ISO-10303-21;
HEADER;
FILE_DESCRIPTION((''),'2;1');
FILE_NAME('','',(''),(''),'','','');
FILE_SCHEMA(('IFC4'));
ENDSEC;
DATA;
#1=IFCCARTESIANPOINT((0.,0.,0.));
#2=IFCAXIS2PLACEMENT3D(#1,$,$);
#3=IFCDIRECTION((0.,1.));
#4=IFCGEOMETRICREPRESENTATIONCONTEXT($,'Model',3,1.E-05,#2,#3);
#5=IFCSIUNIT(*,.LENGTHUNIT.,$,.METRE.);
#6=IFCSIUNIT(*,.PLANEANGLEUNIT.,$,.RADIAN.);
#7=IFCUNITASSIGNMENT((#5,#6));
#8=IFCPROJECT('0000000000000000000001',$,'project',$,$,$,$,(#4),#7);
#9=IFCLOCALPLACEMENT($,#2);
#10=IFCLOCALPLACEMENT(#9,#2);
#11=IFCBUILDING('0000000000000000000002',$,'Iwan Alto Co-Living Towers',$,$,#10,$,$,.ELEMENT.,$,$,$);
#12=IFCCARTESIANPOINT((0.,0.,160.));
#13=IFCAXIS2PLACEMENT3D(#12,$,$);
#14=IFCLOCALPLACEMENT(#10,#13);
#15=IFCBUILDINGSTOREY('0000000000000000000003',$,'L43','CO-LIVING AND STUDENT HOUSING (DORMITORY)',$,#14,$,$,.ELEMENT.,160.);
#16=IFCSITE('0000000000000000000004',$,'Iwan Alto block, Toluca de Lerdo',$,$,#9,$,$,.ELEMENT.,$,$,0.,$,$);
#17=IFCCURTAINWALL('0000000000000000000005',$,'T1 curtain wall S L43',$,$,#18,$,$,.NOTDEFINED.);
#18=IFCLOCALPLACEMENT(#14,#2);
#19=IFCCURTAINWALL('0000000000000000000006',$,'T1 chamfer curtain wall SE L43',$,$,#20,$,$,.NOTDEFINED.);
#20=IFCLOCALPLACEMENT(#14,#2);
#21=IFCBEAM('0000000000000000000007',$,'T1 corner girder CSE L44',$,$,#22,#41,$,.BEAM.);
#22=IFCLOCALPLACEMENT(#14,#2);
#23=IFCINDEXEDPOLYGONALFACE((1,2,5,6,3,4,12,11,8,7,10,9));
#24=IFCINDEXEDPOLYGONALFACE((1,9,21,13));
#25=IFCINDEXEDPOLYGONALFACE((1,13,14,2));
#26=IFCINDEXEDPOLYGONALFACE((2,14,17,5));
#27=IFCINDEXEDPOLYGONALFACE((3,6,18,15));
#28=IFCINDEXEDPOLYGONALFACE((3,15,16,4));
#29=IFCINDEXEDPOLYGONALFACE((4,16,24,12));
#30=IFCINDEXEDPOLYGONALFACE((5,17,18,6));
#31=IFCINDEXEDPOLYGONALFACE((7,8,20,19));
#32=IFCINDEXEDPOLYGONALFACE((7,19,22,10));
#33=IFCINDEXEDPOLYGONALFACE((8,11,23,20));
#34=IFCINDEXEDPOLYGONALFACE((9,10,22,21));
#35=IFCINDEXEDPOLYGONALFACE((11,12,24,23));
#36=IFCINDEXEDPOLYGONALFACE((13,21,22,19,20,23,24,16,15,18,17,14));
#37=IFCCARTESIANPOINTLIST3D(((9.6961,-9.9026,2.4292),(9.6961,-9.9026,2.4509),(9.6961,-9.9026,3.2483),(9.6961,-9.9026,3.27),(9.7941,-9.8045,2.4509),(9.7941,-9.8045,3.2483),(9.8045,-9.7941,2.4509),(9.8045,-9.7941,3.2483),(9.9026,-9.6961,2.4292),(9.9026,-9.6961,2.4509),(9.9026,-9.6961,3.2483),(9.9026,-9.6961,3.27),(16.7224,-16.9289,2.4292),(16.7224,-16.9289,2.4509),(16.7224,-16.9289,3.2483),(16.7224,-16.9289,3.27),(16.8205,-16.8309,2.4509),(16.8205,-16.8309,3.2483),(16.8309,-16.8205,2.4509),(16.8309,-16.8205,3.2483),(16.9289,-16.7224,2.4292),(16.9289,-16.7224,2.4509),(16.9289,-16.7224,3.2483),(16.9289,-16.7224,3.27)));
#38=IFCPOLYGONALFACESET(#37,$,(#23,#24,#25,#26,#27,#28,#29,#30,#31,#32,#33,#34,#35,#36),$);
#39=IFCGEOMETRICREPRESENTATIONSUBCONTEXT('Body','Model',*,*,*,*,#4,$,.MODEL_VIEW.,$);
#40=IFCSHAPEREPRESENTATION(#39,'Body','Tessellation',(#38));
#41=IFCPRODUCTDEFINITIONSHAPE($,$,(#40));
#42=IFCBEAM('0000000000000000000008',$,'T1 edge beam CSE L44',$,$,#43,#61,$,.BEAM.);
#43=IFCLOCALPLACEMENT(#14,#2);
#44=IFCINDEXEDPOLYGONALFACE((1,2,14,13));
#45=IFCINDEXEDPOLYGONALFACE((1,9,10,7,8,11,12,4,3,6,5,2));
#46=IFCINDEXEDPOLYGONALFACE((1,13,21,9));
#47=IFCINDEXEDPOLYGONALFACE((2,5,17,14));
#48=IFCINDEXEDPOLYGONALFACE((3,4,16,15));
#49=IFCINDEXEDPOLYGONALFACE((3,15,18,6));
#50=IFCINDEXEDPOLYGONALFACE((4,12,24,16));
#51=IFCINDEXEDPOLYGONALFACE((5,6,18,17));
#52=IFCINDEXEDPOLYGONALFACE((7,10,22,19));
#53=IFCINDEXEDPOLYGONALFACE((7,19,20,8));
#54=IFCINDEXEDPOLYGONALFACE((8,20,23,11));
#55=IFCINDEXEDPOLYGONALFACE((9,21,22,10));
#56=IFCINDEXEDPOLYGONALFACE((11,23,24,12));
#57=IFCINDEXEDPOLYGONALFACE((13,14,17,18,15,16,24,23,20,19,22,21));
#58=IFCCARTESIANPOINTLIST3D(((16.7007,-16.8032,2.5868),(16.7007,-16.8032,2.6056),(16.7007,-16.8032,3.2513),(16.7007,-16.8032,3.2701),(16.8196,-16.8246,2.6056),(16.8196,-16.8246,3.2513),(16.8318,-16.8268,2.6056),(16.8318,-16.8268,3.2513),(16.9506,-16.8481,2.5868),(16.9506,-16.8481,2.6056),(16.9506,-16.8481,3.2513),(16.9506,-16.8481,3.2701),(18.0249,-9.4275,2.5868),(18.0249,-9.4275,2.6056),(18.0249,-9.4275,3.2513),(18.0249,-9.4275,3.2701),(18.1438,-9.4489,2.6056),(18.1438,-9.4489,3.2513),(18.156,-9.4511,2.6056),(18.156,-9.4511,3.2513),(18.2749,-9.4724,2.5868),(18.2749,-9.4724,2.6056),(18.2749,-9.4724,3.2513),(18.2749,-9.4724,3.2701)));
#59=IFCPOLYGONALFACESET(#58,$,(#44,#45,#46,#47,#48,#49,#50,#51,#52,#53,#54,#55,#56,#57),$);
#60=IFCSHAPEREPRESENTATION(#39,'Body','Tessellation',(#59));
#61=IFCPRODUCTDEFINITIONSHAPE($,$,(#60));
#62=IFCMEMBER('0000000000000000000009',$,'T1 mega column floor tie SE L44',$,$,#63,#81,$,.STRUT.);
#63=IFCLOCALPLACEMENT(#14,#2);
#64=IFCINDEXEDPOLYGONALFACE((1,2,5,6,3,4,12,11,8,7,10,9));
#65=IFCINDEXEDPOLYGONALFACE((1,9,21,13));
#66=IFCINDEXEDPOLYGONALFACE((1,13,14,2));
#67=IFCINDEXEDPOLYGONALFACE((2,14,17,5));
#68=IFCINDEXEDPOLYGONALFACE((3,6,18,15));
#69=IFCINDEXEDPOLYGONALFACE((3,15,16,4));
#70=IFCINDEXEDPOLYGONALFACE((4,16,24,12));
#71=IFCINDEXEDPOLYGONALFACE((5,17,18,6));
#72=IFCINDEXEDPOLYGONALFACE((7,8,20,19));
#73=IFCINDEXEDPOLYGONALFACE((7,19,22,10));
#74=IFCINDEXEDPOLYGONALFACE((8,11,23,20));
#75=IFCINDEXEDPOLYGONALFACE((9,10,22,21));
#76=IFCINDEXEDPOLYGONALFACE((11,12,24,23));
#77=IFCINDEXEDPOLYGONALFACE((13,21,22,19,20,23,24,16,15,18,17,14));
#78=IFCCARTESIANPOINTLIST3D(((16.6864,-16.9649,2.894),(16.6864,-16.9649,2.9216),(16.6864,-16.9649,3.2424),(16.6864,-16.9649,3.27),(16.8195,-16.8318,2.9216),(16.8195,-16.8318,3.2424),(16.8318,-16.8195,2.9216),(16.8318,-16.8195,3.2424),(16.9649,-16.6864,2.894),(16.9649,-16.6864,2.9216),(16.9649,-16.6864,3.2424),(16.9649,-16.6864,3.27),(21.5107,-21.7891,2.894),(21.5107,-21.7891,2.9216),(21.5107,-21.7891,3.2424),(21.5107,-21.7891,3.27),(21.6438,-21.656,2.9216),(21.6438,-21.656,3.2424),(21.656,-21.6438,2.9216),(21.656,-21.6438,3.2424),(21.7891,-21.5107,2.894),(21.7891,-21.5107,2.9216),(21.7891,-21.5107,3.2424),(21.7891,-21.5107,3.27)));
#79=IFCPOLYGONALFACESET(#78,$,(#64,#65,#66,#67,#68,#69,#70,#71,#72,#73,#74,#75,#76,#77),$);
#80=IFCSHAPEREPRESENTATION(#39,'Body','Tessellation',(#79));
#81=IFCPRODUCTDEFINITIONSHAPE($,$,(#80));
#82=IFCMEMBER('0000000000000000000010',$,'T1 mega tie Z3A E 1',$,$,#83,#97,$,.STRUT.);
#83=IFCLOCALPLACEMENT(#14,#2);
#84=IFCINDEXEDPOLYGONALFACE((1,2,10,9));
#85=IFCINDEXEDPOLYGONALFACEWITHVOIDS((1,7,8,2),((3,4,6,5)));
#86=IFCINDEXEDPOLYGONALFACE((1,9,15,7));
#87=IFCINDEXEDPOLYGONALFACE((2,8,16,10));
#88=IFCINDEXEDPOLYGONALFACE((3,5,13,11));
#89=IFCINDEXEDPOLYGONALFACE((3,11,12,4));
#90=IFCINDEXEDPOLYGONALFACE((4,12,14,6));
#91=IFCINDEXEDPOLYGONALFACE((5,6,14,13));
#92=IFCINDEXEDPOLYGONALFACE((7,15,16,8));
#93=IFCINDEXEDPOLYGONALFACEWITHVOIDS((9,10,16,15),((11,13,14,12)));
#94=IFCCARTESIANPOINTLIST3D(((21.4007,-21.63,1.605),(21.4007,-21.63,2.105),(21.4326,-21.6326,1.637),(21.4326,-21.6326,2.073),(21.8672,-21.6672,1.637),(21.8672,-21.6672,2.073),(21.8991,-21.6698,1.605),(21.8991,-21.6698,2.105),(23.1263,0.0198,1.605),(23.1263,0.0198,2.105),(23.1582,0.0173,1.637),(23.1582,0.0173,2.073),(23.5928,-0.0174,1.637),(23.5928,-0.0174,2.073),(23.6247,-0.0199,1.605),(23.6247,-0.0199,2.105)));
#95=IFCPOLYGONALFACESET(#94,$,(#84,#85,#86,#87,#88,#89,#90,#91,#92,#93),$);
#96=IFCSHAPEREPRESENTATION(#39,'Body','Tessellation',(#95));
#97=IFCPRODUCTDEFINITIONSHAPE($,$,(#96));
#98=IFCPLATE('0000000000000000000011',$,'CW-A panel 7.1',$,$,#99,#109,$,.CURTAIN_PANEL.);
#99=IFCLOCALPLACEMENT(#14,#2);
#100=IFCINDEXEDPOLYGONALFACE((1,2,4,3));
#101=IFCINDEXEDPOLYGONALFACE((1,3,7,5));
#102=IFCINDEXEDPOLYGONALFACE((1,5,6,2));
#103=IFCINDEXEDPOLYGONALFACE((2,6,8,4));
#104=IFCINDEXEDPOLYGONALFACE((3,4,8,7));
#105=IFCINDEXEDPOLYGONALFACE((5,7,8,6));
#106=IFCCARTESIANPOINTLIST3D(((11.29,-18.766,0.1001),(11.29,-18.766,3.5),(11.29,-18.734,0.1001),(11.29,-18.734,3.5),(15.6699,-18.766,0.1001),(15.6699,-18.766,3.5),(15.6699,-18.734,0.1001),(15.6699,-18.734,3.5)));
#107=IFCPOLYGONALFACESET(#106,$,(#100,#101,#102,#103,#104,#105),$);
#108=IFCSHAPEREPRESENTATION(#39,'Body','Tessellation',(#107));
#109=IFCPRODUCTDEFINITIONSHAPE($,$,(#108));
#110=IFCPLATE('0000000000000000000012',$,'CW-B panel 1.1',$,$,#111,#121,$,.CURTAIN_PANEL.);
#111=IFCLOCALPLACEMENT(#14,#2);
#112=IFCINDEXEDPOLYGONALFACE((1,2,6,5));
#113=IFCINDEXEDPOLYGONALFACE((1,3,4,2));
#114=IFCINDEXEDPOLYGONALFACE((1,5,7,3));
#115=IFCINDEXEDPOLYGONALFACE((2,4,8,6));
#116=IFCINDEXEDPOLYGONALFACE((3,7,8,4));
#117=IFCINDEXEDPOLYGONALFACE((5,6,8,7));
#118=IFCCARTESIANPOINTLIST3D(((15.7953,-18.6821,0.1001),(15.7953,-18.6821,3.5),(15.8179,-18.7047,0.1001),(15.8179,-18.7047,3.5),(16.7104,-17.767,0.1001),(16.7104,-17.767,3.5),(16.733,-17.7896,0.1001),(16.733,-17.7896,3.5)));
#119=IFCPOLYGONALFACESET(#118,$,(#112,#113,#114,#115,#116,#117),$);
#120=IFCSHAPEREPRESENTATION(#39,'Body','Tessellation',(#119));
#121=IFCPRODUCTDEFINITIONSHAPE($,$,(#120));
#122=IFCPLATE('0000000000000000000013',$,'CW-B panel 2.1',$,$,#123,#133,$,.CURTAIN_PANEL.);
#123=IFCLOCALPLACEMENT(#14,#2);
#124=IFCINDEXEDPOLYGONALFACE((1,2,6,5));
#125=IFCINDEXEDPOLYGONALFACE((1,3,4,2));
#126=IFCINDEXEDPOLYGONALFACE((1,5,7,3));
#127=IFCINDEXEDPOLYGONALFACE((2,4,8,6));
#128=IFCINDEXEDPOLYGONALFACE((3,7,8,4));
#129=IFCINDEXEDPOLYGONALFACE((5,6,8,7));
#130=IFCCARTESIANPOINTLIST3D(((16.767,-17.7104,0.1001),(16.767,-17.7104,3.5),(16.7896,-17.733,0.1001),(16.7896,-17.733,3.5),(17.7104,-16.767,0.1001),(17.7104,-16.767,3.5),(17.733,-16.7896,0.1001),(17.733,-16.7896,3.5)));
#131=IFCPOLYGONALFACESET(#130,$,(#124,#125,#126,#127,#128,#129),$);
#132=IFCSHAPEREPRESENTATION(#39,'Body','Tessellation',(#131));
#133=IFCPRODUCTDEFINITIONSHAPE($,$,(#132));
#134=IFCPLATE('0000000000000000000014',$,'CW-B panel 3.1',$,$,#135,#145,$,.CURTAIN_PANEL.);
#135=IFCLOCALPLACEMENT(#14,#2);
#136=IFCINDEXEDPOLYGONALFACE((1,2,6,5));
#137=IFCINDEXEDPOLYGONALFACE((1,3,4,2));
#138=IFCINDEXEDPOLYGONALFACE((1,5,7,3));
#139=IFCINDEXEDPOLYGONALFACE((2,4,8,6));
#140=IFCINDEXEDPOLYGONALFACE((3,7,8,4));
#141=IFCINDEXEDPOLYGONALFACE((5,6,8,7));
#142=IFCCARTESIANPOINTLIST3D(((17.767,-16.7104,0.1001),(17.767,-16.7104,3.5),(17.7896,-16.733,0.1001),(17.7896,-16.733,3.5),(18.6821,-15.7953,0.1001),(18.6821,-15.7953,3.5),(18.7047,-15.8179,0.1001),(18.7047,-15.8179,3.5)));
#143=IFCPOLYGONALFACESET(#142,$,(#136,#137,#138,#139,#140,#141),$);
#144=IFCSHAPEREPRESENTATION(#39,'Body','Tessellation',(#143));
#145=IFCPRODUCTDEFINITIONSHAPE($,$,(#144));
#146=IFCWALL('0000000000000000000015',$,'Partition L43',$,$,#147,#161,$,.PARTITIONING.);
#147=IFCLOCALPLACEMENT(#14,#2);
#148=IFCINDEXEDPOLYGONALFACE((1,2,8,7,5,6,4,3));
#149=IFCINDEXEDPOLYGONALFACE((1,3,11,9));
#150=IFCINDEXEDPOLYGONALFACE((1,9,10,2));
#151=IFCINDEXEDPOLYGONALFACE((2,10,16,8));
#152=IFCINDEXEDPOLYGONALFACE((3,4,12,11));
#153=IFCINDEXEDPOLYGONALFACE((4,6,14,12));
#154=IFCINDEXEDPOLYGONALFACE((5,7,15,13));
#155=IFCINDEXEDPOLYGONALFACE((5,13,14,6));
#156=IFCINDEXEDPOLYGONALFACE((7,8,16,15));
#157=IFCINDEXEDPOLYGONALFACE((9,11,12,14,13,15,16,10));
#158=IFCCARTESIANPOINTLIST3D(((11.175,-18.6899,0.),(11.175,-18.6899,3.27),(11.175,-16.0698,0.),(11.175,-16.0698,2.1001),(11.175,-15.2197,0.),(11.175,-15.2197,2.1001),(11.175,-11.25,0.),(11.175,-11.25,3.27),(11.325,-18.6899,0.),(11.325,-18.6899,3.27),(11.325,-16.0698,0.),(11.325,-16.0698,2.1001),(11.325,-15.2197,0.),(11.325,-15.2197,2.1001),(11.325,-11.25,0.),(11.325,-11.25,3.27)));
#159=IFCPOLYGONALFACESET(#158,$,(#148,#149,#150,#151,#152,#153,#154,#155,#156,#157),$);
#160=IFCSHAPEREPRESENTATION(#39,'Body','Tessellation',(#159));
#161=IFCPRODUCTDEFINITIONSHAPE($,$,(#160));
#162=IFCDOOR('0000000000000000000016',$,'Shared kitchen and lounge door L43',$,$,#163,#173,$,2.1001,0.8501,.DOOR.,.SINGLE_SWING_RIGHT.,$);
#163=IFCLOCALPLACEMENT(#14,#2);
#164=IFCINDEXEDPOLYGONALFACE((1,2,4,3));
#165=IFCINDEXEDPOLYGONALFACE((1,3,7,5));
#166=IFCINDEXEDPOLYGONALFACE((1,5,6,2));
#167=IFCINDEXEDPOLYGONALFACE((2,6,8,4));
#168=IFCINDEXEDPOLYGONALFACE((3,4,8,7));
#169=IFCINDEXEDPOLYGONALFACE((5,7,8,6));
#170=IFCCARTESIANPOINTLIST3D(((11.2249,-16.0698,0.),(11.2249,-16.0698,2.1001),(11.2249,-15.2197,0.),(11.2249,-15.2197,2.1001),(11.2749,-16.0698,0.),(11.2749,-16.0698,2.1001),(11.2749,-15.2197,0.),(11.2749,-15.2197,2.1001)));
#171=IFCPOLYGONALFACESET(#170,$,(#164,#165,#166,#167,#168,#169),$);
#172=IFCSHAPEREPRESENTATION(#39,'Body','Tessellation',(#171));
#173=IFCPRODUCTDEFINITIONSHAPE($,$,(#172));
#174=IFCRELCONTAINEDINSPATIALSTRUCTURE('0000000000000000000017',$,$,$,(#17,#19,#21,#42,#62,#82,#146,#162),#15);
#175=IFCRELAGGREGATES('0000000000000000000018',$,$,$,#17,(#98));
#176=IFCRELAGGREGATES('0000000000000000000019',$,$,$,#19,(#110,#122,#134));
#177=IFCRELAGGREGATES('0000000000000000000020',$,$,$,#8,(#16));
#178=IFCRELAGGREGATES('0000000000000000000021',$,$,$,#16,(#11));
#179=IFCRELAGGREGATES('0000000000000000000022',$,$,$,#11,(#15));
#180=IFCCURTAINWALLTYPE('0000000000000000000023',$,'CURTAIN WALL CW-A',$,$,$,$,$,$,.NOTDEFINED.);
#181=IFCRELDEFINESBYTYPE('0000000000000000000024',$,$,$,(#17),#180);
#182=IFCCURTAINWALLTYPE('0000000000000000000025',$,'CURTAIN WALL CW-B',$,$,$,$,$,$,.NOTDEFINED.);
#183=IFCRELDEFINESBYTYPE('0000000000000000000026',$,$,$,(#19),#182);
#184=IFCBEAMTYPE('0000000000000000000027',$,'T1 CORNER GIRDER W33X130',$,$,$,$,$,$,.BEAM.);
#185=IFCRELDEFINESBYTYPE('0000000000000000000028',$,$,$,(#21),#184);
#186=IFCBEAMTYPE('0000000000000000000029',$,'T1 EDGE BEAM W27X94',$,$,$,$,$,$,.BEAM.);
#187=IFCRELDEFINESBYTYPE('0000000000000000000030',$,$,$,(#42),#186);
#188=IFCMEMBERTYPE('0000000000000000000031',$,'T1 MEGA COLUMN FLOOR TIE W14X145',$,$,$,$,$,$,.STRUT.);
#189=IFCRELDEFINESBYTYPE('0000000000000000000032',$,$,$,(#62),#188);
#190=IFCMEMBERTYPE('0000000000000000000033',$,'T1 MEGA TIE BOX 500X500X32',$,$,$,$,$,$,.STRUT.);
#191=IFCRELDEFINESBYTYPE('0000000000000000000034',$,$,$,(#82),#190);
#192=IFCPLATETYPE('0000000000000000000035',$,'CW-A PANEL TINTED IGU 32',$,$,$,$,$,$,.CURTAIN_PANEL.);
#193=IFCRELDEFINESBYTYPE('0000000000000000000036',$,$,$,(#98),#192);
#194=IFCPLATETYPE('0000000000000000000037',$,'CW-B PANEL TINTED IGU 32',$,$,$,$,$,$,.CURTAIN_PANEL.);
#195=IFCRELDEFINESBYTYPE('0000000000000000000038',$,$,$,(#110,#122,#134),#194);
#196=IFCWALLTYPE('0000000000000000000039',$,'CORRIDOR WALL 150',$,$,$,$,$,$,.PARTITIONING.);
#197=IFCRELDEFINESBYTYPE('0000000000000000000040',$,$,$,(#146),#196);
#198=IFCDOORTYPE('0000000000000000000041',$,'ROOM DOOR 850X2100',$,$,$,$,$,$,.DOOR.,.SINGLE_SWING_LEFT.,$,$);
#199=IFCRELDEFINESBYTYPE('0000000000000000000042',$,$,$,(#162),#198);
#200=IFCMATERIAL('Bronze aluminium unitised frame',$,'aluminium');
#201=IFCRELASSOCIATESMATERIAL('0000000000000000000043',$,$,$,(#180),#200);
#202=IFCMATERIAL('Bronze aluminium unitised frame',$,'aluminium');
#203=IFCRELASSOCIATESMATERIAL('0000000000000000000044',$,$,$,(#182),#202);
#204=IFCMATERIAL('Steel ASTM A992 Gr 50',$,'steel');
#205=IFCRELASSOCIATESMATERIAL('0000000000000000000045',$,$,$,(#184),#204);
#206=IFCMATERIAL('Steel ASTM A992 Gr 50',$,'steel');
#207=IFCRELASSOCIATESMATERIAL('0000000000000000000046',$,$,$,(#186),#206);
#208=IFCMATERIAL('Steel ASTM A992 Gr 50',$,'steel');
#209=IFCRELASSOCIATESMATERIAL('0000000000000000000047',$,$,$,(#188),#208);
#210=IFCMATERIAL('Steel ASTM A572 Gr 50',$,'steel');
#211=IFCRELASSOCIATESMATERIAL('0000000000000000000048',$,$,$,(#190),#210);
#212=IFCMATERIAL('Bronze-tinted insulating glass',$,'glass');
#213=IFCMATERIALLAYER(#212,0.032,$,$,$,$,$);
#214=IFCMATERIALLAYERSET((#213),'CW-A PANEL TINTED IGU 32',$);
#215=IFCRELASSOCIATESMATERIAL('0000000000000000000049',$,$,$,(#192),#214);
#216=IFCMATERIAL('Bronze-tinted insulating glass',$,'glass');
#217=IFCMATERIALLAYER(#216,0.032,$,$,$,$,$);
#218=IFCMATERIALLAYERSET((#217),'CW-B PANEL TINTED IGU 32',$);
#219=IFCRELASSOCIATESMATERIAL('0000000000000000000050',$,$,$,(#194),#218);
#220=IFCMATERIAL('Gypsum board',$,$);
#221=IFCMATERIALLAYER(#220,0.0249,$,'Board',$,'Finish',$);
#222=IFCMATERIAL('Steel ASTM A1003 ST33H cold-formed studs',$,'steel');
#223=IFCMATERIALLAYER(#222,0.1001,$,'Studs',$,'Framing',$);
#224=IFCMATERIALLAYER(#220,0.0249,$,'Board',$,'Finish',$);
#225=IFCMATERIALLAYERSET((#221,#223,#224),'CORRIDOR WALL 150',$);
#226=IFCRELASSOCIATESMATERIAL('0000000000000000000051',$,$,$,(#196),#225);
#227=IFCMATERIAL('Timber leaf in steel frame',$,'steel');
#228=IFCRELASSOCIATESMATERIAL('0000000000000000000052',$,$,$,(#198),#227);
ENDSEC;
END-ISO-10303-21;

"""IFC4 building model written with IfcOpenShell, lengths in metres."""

from ifc_helpers import new_model, si_unit, direction, frame, frame_2d, origin, origin_2d, place, context, subcontext, project, spatial, rectangle, hollow_rectangle, i_section, extrude, material, layer, layer_set, material_profile, profile_set, type_object, element, fill, aggregate, save


model = new_model("IFC4")

# Units and contexts
model_context = context("Model", 3, precision=1e-05, world=origin(), true_north=direction((0.0, 1.0)))
body_context = subcontext(model_context, "Body", "Model", "MODEL_VIEW")
ifc_project = project(units=[si_unit("LENGTHUNIT", "METRE"), si_unit("PLANEANGLEUNIT", "RADIAN")], contexts=[model_context])

# Site, building, storey
site_placement = place(None, origin())
site = spatial("IfcSite", under=ifc_project, at=site_placement, Name="Iwan Alto block, Toluca de Lerdo", CompositionType="ELEMENT", RefElevation=0.0)
building_placement = place(site_placement, origin())
building = spatial("IfcBuilding", under=site, at=building_placement, Name="Iwan Alto Co-Living Towers", CompositionType="ELEMENT")
storey_placement = place(building_placement, frame((0.0, 0.0, 160.0)))
storey = spatial("IfcBuildingStorey", under=building, at=storey_placement, Name="L43", Description="CO-LIVING AND STUDENT HOUSING (DORMITORY)", CompositionType="ELEMENT", Elevation=160.0)

# Curtain wall
ifc_material_1 = material(Name="Bronze aluminium unitised frame", Category="aluminium")
curtain_wall_type_1 = type_object("IfcCurtainWallType", Name="CURTAIN WALL CW-A", PredefinedType="NOTDEFINED", material=ifc_material_1)
curtain_wall_1_placement = place(storey_placement, origin())
curtain_wall_1 = element("IfcCurtainWall", 1, at=curtain_wall_1_placement, inside=storey, type_object=curtain_wall_type_1, Name="T1 curtain wall S L43", PredefinedType="NOTDEFINED")

# Curtain wall
ifc_material_2 = material(Name="Bronze aluminium unitised frame", Category="aluminium")
curtain_wall_type_2 = type_object("IfcCurtainWallType", Name="CURTAIN WALL CW-B", PredefinedType="NOTDEFINED", material=ifc_material_2)
curtain_wall_2_placement = place(storey_placement, origin())
curtain_wall_2 = element("IfcCurtainWall", 2, at=curtain_wall_2_placement, inside=storey, type_object=curtain_wall_type_2, Name="T1 chamfer curtain wall SE L43", PredefinedType="NOTDEFINED")

# Beams
ifc_material_3 = material(Name="Steel ASTM A992 Gr 50", Category="steel")
ifc_material_profile_1 = material_profile(ifc_material_3, i_section(OverallWidth=0.292, OverallDepth=0.8408, WebThickness=0.0146, FlangeThickness=0.0217, at=origin_2d()), Name="W33X130")
ifc_profile_set_1 = profile_set([ifc_material_profile_1], Name="Steel ASTM A992 Gr 50")
beam_type_1 = type_object("IfcBeamType", Name="T1 CORNER GIRDER W33X130", PredefinedType="BEAM", material=ifc_profile_set_1)
beam_1_placement = place(storey_placement, frame((16.8257, -16.8257, 2.8496), z_axis=(-0.707107, 0.707107, 0.0), x_axis=(-0.707107, -0.707107, 0.0)))
element("IfcBeam", 3, at=beam_1_placement, inside=storey, type_object=beam_type_1, Name="T1 corner girder CSE L44", PredefinedType="BEAM", context=body_context, shape_type="SweptSolid", body=[
    extrude(i_section(OverallWidth=0.292, OverallDepth=0.8408, WebThickness=0.0146, FlangeThickness=0.0217, at=origin_2d()), origin(), (0.0, 0.0, 1.0), 9.9368),
])
ifc_material_4 = material(Name="Steel ASTM A992 Gr 50", Category="steel")
ifc_material_profile_2 = material_profile(ifc_material_4, i_section(OverallWidth=0.2539, OverallDepth=0.6833, WebThickness=0.0125, FlangeThickness=0.0188, at=origin_2d()), Name="W27X94")
ifc_profile_set_2 = profile_set([ifc_material_profile_2], Name="Steel ASTM A992 Gr 50")
beam_type_2 = type_object("IfcBeamType", Name="T1 EDGE BEAM W27X94", PredefinedType="BEAM", material=ifc_profile_set_2)
beam_2_placement = place(storey_placement, frame((16.8257, -16.8257, 2.9285), z_axis=(0.176712, 0.984263, 0.0), x_axis=(-0.984263, 0.176712, 0.0)))
element("IfcBeam", 4, at=beam_2_placement, inside=storey, type_object=beam_type_2, Name="T1 edge beam CSE L44", PredefinedType="BEAM", context=body_context, shape_type="SweptSolid", body=[
    extrude(i_section(OverallWidth=0.2539, OverallDepth=0.6833, WebThickness=0.0125, FlangeThickness=0.0188, at=origin_2d()), origin(), (0.0, 0.0, 1.0), 7.4937),
])

# Members
ifc_material_5 = material(Name="Steel ASTM A992 Gr 50", Category="steel")
ifc_material_profile_3 = material_profile(ifc_material_5, i_section(OverallWidth=0.3938, OverallDepth=0.376, WebThickness=0.0173, FlangeThickness=0.0276, at=origin_2d()), Name="W14X145")
ifc_profile_set_3 = profile_set([ifc_material_profile_3], Name="Steel ASTM A992 Gr 50")
member_type_1 = type_object("IfcMemberType", Name="T1 MEGA COLUMN FLOOR TIE W14X145", PredefinedType="STRUT", material=ifc_profile_set_3)
member_1_placement = place(storey_placement, frame((21.6499, -21.6499, 3.082), z_axis=(-0.707107, 0.707107, 0.0), x_axis=(-0.707107, -0.707107, 0.0)))
element("IfcMember", 5, at=member_1_placement, inside=storey, type_object=member_type_1, Name="T1 mega column floor tie SE L44", PredefinedType="STRUT", context=body_context, shape_type="SweptSolid", body=[
    extrude(i_section(OverallWidth=0.3938, OverallDepth=0.376, WebThickness=0.0173, FlangeThickness=0.0276, at=origin_2d()), origin(), (0.0, 0.0, 1.0), 6.8225),
])
ifc_material_6 = material(Name="Steel ASTM A572 Gr 50", Category="steel")
ifc_material_profile_4 = material_profile(ifc_material_6, hollow_rectangle(XDim=0.5, YDim=0.5, WallThickness=0.032, at=origin_2d()), Name="BOX 500X500X32")
ifc_profile_set_4 = profile_set([ifc_material_profile_4], Name="Steel ASTM A572 Gr 50")
member_type_2 = type_object("IfcMemberType", Name="T1 MEGA TIE BOX 500X500X32", PredefinedType="STRUT", material=ifc_profile_set_4)
member_2_placement = place(storey_placement, frame((21.6499, -21.6499, 1.855), z_axis=(0.079452, 0.996839, 0.0), x_axis=(-0.996839, 0.079452, 0.0)))
element("IfcMember", 6, at=member_2_placement, inside=storey, type_object=member_type_2, Name="T1 mega tie Z3A E 1", PredefinedType="STRUT", context=body_context, shape_type="SweptSolid", body=[
    extrude(hollow_rectangle(XDim=0.5, YDim=0.5, WallThickness=0.032, at=origin_2d()), origin(), (0.0, 0.0, 1.0), 21.7185),
])

# Plates
ifc_material_7 = material(Name="Bronze-tinted insulating glass", Category="glass")
ifc_layer_1 = layer(ifc_material_7, 0.032)
ifc_layer_set_1 = layer_set([ifc_layer_1], Name="CW-A PANEL TINTED IGU 32")
plate_type_1 = type_object("IfcPlateType", Name="CW-A PANEL TINTED IGU 32", PredefinedType="CURTAIN_PANEL", material=ifc_layer_set_1)
plate_1_placement = place(storey_placement, frame((13.48, -18.75, 0.1001), z_axis=(0.0, 0.0, 1.0), x_axis=(1.0, 0.0, 0.0)))
plate_1 = element("IfcPlate", 7, at=plate_1_placement, type_object=plate_type_1, Name="CW-A panel 7.1", PredefinedType="CURTAIN_PANEL", context=body_context, shape_type="SweptSolid", body=[
    extrude(rectangle(XDim=4.3799, YDim=0.032, at=origin_2d()), origin(), (0.0, 0.0, 1.0), 3.3999),
])
aggregate(curtain_wall_1, [plate_1])
ifc_material_8 = material(Name="Bronze-tinted insulating glass", Category="glass")
ifc_layer_2 = layer(ifc_material_8, 0.032)
ifc_layer_set_2 = layer_set([ifc_layer_2], Name="CW-B PANEL TINTED IGU 32")
plate_type_2 = type_object("IfcPlateType", Name="CW-B PANEL TINTED IGU 32", PredefinedType="CURTAIN_PANEL", material=ifc_layer_set_2)
plate_2_placement = place(storey_placement, frame((16.2642, -18.2358, 0.1001), z_axis=(0.0, 0.0, 1.0), x_axis=(0.707107, 0.707107, 0.0)))
plate_2 = element("IfcPlate", 8, at=plate_2_placement, type_object=plate_type_2, Name="CW-B panel 1.1", PredefinedType="CURTAIN_PANEL", context=body_context, shape_type="SweptSolid", body=[
    extrude(rectangle(XDim=1.2942, YDim=0.032, at=origin_2d()), origin(), (0.0, 0.0, 1.0), 3.3999),
])
plate_3_placement = place(storey_placement, frame((17.25, -17.25, 0.1001), z_axis=(0.0, 0.0, 1.0), x_axis=(0.707107, 0.707107, 0.0)))
plate_3 = element("IfcPlate", 9, at=plate_3_placement, type_object=plate_type_2, Name="CW-B panel 2.1", PredefinedType="CURTAIN_PANEL", context=body_context, shape_type="SweptSolid", body=[
    extrude(rectangle(XDim=1.3342, YDim=0.032, at=origin_2d()), origin(), (0.0, 0.0, 1.0), 3.3999),
])
plate_4_placement = place(storey_placement, frame((18.2358, -16.2642, 0.1001), z_axis=(0.0, 0.0, 1.0), x_axis=(0.707107, 0.707107, 0.0)))
plate_4 = element("IfcPlate", 10, at=plate_4_placement, type_object=plate_type_2, Name="CW-B panel 3.1", PredefinedType="CURTAIN_PANEL", context=body_context, shape_type="SweptSolid", body=[
    extrude(rectangle(XDim=1.2942, YDim=0.032, at=origin_2d()), origin(), (0.0, 0.0, 1.0), 3.3999),
])
aggregate(curtain_wall_2, [plate_2, plate_3, plate_4])

# Wall, opening, door
ifc_material_9 = material(Name="Gypsum board")
ifc_layer_3 = layer(ifc_material_9, 0.0249, Name="Board", Category="Finish")
ifc_material_10 = material(Name="Steel ASTM A1003 ST33H cold-formed studs", Category="steel")
ifc_layer_4 = layer(ifc_material_10, 0.1001, Name="Studs", Category="Framing")
ifc_layer_5 = layer(ifc_material_9, 0.0249, Name="Board", Category="Finish")
ifc_layer_set_3 = layer_set([ifc_layer_3, ifc_layer_4, ifc_layer_5], Name="CORRIDOR WALL 150")
wall_type = type_object("IfcWallType", Name="CORRIDOR WALL 150", PredefinedType="PARTITIONING", material=ifc_layer_set_3)
wall_placement = place(storey_placement, frame((11.25, -18.6899, 0.0), z_axis=(0.0, 0.0, 1.0), x_axis=(0.0, 1.0, 0.0)))
wall = element("IfcWall", 11, at=wall_placement, inside=storey, type_object=wall_type, Name="Partition L43", PredefinedType="PARTITIONING", context=body_context, shape_type="SweptSolid", body=[
    extrude(rectangle(XDim=7.4399, YDim=0.1499, at=frame_2d((3.72, 0.0))), origin(), (0.0, 0.0, 1.0), 3.27),
])
opening_placement = place(wall_placement, frame((2.6201, 0.0, 0.0)))
opening = element("IfcOpeningElement", 12, at=opening_placement, cuts=wall, PredefinedType="OPENING", context=body_context, shape_type="SweptSolid", body=[
    extrude(rectangle(XDim=0.8501, YDim=2.1001, at=frame_2d((0.425, 1.05))), frame((0.0, 0.085, 0.0), z_axis=(0.0, -1.0, 0.0), x_axis=(1.0, 0.0, 0.0)), (0.0, 0.0, 1.0), 0.1699),
])
ifc_material_11 = material(Name="Timber leaf in steel frame", Category="steel")
door_type = type_object("IfcDoorType", Name="ROOM DOOR 850X2100", OperationType="SINGLE_SWING_LEFT", PredefinedType="DOOR", material=ifc_material_11)
door_placement = place(opening_placement, frame((0.8501, 0.0, 0.0), z_axis=(0.0, 0.0, 1.0), x_axis=(-1.0, 0.0, 0.0)))
door = element("IfcDoor", 13, at=door_placement, inside=storey, type_object=door_type, Name="Shared kitchen and lounge door L43", OperationType="SINGLE_SWING_RIGHT", OverallHeight=2.1001, OverallWidth=0.8501, PredefinedType="DOOR", context=body_context, shape_type="SweptSolid", body=[
    extrude(rectangle(XDim=0.8501, YDim=2.1001, at=frame_2d((0.425, 1.05))), frame((0.0, 0.0249, 0.0), z_axis=(0.0, -1.0, 0.0), x_axis=(1.0, 0.0, 0.0)), (0.0, 0.0, 1.0), 0.05),
])
fill(opening, door)

save(model, "model.ifc")
